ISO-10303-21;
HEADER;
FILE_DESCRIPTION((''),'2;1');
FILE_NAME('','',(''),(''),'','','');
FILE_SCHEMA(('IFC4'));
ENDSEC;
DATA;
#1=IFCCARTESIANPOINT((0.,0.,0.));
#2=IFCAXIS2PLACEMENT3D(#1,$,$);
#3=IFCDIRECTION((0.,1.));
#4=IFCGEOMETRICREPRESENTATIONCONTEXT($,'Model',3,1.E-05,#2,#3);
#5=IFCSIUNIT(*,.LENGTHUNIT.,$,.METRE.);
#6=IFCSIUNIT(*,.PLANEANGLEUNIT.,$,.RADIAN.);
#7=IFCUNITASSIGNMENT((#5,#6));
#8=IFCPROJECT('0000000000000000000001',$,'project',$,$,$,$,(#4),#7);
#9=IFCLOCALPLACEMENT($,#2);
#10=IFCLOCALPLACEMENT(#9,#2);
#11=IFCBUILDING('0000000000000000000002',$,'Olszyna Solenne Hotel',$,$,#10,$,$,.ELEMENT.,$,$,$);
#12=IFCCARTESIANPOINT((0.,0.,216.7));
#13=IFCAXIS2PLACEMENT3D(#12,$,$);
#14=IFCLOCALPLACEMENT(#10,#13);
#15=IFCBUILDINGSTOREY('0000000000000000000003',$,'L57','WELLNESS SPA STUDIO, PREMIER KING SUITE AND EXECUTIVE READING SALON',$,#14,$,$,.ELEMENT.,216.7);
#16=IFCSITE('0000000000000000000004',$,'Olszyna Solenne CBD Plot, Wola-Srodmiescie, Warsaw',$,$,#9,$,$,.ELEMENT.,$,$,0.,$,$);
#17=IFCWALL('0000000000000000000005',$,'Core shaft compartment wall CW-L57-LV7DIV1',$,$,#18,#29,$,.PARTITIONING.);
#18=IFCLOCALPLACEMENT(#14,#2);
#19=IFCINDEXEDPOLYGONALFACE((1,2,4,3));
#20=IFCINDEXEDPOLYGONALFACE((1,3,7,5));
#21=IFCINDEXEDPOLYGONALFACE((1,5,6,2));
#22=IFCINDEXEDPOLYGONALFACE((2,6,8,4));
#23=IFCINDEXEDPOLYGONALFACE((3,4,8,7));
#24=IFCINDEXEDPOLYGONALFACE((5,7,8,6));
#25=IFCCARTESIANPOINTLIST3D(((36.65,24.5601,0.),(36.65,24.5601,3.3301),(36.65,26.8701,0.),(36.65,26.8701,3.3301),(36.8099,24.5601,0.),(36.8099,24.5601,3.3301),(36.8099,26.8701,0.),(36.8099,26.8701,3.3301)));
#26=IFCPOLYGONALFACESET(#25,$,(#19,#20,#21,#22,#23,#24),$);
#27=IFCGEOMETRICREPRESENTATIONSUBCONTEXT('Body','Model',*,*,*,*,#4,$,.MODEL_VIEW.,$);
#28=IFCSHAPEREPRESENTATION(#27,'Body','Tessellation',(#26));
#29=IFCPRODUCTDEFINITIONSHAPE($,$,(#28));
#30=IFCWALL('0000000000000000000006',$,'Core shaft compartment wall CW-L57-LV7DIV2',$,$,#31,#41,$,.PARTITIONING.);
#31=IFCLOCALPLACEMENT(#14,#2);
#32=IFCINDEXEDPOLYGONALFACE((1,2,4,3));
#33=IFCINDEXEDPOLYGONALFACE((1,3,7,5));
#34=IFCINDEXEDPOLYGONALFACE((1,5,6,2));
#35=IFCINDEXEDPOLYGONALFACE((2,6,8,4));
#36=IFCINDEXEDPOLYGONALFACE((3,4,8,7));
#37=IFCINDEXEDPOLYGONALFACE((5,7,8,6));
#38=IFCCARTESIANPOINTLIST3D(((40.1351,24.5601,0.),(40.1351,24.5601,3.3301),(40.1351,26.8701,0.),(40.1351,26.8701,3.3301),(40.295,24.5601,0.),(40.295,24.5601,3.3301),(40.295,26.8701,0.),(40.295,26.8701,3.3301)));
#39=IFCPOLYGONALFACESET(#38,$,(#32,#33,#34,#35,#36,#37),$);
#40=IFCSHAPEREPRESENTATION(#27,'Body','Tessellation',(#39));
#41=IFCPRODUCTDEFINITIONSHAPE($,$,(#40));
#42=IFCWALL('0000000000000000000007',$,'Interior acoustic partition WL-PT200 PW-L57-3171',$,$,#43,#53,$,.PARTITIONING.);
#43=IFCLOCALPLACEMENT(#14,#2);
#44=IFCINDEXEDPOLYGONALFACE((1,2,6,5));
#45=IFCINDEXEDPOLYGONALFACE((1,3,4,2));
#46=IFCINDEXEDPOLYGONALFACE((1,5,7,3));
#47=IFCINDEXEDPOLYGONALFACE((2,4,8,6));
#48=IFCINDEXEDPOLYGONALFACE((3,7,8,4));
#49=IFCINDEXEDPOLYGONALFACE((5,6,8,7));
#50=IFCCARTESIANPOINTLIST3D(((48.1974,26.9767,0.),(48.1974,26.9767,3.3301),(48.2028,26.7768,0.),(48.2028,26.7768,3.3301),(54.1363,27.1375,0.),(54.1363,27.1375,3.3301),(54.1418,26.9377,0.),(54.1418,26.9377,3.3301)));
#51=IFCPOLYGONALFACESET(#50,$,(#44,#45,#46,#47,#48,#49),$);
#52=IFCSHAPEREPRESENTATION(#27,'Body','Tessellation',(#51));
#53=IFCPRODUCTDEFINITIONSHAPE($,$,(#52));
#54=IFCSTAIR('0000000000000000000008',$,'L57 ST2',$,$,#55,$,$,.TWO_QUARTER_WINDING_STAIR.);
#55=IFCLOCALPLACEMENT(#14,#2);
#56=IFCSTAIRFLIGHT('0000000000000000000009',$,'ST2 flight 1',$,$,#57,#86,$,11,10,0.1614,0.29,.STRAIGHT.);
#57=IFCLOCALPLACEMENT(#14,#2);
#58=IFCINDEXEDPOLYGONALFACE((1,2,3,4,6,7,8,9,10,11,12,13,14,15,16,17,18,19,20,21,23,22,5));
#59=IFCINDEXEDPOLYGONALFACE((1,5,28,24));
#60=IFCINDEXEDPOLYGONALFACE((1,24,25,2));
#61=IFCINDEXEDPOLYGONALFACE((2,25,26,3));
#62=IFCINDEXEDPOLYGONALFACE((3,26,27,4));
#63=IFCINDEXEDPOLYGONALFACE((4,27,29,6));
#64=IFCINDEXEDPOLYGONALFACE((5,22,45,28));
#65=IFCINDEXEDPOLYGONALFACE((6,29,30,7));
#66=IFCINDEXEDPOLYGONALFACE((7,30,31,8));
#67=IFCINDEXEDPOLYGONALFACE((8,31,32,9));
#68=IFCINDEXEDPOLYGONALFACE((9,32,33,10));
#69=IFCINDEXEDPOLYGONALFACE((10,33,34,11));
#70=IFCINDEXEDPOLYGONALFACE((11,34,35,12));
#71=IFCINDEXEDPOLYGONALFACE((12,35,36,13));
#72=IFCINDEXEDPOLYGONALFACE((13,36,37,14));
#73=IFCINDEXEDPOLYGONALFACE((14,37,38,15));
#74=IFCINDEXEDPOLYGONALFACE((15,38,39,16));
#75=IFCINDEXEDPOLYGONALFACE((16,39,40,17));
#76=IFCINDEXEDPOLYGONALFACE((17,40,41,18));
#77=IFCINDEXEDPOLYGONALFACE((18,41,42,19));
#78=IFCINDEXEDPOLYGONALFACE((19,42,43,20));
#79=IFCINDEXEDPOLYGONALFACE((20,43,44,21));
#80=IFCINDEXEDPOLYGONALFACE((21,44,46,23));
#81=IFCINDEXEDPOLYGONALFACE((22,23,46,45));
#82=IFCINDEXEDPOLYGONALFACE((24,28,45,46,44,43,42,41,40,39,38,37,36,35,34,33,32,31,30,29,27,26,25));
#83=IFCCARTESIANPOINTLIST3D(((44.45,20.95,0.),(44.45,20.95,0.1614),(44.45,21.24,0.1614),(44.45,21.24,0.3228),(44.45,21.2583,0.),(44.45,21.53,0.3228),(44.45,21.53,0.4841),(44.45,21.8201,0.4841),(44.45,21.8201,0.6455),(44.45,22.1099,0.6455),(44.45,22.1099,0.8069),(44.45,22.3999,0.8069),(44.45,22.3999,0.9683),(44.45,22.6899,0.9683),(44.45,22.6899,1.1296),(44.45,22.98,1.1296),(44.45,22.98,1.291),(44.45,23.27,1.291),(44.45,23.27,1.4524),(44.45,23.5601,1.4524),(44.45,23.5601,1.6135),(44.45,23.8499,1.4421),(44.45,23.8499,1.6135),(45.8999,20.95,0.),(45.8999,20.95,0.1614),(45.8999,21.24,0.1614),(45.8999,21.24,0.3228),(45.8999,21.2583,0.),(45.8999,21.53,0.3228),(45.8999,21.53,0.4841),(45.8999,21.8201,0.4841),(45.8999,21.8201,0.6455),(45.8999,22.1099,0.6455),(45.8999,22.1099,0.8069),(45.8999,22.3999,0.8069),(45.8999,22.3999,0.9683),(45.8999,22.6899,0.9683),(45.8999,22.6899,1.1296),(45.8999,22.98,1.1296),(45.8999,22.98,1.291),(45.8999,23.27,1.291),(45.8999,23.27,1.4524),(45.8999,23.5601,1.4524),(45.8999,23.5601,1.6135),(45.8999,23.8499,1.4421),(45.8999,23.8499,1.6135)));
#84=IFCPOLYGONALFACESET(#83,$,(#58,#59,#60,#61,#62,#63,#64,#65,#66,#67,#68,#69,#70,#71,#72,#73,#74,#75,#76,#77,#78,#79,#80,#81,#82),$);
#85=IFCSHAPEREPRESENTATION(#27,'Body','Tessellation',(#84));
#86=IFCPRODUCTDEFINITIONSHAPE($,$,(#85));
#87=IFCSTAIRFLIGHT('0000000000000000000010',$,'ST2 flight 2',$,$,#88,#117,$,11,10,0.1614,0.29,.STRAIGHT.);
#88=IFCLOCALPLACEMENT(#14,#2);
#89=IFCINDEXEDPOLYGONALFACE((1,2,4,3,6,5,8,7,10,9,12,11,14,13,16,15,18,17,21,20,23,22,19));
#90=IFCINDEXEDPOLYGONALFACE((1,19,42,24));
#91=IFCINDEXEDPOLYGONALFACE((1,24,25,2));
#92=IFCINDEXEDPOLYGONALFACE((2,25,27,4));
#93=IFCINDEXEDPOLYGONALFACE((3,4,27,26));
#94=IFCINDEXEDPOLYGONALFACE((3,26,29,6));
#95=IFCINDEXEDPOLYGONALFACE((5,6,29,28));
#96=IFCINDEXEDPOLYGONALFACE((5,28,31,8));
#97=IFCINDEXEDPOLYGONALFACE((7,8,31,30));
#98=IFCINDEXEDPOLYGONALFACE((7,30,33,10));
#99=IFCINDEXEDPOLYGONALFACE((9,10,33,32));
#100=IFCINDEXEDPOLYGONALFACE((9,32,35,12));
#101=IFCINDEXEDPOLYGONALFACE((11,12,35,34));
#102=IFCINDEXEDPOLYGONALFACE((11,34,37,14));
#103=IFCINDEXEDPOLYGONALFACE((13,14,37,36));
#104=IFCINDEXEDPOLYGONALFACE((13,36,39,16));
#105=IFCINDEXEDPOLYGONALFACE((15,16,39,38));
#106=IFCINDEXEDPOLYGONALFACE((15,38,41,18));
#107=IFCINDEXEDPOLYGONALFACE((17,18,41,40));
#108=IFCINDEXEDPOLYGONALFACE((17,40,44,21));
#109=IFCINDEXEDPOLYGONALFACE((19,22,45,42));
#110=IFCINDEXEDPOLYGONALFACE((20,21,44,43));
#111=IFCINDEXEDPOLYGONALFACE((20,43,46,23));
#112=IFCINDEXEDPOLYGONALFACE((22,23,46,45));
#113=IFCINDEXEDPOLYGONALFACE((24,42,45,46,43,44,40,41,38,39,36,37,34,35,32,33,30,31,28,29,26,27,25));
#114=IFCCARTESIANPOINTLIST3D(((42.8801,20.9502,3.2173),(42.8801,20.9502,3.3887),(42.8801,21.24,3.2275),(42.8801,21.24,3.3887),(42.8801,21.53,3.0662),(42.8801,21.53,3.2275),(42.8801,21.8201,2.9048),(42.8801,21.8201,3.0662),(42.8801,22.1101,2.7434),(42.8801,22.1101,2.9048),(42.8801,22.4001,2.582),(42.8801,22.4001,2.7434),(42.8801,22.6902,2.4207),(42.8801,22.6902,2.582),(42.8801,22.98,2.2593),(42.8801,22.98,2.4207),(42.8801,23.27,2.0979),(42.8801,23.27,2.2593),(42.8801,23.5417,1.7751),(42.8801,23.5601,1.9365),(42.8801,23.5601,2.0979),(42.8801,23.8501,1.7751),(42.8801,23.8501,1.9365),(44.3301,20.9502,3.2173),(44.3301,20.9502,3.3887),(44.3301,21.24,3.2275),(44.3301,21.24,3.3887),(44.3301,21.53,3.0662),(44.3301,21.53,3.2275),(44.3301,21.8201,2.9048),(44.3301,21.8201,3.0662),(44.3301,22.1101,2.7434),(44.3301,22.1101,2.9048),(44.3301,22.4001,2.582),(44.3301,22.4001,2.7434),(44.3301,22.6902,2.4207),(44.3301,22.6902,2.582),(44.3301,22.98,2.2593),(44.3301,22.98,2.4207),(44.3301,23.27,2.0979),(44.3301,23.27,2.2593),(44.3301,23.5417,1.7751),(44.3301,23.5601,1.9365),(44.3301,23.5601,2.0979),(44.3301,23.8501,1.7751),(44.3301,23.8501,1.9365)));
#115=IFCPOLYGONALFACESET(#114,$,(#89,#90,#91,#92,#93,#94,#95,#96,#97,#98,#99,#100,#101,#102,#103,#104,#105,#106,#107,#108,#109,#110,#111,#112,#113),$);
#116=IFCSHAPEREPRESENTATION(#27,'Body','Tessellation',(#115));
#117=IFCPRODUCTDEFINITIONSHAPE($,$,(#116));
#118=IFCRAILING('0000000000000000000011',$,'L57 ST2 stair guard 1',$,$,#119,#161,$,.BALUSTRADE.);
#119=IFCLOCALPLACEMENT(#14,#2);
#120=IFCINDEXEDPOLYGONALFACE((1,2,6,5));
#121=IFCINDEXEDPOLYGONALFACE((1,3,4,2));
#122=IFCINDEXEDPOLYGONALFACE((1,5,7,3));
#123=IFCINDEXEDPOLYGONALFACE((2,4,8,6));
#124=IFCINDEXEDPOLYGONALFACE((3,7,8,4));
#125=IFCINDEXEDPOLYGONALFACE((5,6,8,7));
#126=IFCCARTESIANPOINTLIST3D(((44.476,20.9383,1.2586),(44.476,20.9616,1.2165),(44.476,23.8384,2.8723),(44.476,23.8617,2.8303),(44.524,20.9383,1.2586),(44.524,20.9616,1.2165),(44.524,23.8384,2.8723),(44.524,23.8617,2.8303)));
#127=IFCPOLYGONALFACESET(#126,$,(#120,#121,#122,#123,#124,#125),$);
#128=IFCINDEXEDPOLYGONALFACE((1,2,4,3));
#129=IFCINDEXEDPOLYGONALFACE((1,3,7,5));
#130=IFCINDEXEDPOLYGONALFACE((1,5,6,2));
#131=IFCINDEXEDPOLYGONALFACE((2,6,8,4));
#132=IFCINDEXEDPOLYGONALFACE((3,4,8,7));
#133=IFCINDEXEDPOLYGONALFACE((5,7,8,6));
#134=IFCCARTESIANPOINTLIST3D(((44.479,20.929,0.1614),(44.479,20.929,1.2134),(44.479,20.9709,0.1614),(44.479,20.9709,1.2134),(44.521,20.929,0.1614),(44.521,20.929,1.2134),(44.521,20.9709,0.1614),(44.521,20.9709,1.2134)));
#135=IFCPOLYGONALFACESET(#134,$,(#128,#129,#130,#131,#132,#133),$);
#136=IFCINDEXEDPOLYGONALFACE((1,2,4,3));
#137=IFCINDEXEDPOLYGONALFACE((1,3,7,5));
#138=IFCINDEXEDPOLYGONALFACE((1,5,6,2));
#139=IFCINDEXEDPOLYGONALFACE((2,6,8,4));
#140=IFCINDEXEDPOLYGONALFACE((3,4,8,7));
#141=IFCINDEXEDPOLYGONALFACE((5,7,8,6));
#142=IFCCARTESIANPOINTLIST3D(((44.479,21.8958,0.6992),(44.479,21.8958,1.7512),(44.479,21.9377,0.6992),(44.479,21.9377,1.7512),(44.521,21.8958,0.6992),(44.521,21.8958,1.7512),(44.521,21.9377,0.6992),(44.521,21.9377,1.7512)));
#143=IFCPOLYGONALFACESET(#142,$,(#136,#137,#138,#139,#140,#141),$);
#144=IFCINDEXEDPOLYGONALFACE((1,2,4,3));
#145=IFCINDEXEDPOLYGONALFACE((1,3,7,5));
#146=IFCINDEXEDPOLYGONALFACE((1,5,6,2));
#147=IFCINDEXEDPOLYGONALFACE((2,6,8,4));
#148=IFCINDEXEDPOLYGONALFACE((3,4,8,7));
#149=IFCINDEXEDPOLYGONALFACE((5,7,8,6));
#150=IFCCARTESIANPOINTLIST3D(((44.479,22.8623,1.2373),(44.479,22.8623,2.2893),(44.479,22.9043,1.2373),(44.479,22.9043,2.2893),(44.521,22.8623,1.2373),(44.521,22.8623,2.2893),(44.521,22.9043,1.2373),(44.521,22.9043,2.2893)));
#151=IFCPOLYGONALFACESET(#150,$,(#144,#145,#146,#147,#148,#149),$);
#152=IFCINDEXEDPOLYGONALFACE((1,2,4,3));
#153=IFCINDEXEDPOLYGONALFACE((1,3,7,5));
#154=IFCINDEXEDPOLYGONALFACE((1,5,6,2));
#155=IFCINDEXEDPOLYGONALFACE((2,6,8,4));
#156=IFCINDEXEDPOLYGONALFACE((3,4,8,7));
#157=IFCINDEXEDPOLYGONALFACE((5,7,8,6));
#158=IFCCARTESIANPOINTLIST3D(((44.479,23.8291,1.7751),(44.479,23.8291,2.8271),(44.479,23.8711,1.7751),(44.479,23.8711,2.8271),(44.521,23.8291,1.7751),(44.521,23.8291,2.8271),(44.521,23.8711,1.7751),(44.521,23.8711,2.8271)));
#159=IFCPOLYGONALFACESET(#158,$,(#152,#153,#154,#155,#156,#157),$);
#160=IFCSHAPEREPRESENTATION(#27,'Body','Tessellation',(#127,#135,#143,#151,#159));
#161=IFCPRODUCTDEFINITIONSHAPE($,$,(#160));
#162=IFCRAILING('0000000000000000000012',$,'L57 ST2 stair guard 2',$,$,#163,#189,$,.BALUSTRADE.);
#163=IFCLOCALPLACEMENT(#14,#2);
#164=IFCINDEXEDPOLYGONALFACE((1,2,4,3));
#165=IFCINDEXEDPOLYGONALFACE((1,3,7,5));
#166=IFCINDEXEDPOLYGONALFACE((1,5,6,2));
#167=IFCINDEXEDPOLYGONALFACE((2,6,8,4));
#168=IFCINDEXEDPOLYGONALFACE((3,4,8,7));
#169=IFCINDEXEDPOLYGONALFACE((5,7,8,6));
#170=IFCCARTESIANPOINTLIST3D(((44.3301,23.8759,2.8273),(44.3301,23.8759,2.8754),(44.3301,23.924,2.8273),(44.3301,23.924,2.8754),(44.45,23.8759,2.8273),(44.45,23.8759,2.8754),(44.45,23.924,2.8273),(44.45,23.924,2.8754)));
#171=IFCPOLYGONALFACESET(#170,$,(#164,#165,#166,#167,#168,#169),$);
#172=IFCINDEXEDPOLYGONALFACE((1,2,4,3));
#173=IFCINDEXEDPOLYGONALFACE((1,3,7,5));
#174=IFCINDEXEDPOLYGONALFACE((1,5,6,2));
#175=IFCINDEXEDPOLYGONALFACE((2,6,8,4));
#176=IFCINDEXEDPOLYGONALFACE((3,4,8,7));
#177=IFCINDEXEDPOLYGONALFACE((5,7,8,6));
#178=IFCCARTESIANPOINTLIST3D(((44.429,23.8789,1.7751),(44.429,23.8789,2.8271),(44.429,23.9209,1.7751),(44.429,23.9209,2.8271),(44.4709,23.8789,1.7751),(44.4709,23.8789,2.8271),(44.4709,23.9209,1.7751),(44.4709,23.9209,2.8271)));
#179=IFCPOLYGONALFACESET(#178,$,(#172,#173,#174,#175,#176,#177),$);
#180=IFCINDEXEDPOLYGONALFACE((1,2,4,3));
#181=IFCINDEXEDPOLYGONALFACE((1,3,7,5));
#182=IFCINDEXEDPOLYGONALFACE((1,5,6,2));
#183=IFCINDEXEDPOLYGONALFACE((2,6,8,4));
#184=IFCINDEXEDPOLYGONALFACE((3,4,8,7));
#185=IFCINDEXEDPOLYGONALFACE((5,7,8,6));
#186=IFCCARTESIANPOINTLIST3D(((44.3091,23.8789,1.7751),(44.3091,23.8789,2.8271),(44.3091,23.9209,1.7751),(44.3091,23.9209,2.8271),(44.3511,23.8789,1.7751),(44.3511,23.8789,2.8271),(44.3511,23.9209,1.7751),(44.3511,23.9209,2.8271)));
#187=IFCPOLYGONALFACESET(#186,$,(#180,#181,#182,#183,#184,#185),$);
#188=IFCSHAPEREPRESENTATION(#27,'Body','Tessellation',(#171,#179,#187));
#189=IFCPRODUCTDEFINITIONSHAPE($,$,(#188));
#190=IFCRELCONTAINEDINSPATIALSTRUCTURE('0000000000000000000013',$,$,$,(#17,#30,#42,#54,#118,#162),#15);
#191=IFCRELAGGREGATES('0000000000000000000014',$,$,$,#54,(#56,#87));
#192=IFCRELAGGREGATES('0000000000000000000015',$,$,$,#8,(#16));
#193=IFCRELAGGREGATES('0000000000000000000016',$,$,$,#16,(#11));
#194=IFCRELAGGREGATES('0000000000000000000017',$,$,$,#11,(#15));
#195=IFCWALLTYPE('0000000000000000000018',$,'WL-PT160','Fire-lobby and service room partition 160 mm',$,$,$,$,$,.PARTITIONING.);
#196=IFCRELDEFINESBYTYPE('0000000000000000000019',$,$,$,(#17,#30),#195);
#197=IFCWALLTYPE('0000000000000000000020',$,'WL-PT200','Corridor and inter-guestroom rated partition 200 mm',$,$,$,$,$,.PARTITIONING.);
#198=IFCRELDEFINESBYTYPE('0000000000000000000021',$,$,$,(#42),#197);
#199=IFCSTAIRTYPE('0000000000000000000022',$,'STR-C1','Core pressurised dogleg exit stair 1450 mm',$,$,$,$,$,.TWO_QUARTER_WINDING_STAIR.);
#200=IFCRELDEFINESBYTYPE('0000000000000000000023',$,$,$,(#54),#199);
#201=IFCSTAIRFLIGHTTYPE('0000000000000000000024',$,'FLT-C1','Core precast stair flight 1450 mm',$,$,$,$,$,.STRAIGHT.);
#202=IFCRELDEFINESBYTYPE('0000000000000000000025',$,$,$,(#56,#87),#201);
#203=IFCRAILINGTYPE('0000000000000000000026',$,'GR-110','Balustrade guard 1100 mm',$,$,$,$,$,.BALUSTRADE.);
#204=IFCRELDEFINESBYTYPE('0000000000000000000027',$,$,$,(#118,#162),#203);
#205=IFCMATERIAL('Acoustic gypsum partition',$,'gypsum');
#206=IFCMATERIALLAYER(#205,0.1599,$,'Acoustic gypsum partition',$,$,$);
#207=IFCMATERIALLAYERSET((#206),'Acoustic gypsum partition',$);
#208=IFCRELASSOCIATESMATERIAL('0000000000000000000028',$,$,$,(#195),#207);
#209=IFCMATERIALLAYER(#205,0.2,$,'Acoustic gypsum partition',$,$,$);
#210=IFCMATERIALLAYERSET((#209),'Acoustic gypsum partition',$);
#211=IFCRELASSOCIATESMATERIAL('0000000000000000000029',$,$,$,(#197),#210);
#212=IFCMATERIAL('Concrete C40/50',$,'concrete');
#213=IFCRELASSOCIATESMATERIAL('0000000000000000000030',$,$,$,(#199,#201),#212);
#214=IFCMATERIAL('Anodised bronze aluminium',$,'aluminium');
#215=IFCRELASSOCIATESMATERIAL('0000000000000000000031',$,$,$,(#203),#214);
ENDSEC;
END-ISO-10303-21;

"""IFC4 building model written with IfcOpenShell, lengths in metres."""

from ifc_helpers import new_model, si_unit, direction, frame, frame_2d, origin, origin_2d, place, context, subcontext, project, spatial, polyline, rectangle, outline, extrude, material, layer, layer_set, type_object, element, aggregate, save


model = new_model("IFC4")

# Units and contexts
model_context = context("Model", 3, precision=1e-05, world=origin(), true_north=direction((0.0, 1.0)))
body_context = subcontext(model_context, "Body", "Model", "MODEL_VIEW")
ifc_project = project(units=[si_unit("LENGTHUNIT", "METRE"), si_unit("PLANEANGLEUNIT", "RADIAN")], contexts=[model_context])

# Site, building, storey
site_placement = place(None, origin())
site = spatial("IfcSite", under=ifc_project, at=site_placement, Name="Olszyna Solenne CBD Plot, Wola-Srodmiescie, Warsaw", CompositionType="ELEMENT", RefElevation=0.0)
building_placement = place(site_placement, origin())
building = spatial("IfcBuilding", under=site, at=building_placement, Name="Olszyna Solenne Hotel", CompositionType="ELEMENT")
storey_placement = place(building_placement, frame((0.0, 0.0, 216.7)))
storey = spatial("IfcBuildingStorey", under=building, at=storey_placement, Name="L57", Description="WELLNESS SPA STUDIO, PREMIER KING SUITE AND EXECUTIVE READING SALON", CompositionType="ELEMENT", Elevation=216.7)

# Shared definitions
ifc_material_1 = material(Name="Anodised bronze aluminium", Category="aluminium")

# Shared definitions
ifc_material_2 = material(Name="Acoustic gypsum partition", Category="gypsum")

# Shared definitions
ifc_layer_1 = layer(ifc_material_2, 0.1599, Name="Acoustic gypsum partition")
ifc_layer_set_1 = layer_set([ifc_layer_1], Name="Acoustic gypsum partition")
wall_type_1 = type_object("IfcWallType", Name="WL-PT160", Description="Fire-lobby and service room partition 160 mm", PredefinedType="PARTITIONING", material=ifc_layer_set_1)

# Walls
for number, where, z_axis, x_axis, name in (
    (1, (36.73, 24.5601, 0.0), (0.0, 0.0, 1.0), (0.0, 1.0, 0.0), "Core shaft compartment wall CW-L57-LV7DIV1"),
    (2, (40.2151, 24.5601, 0.0), (0.0, 0.0, 1.0), (0.0, 1.0, 0.0), "Core shaft compartment wall CW-L57-LV7DIV2"),
):
    element("IfcWall", number, at=place(storey_placement, frame(where, z_axis=z_axis, x_axis=x_axis)), inside=storey, type_object=wall_type_1, Name=name, PredefinedType="PARTITIONING", context=body_context, shape_type="SweptSolid", body=[
        extrude(rectangle(XDim=2.3101, YDim=0.1599, at=frame_2d((1.155, 0.0))), origin(), (0.0, 0.0, 1.0), 3.3301),
    ])
ifc_layer_2 = layer(ifc_material_2, 0.2, Name="Acoustic gypsum partition")
ifc_layer_set_2 = layer_set([ifc_layer_2], Name="Acoustic gypsum partition")
wall_type_2 = type_object("IfcWallType", Name="WL-PT200", Description="Corridor and inter-guestroom rated partition 200 mm", PredefinedType="PARTITIONING", material=ifc_layer_set_2)
wall_1_placement = place(storey_placement, frame((48.2, 26.8767, 0.0), z_axis=(0.0, 0.0, 1.0), x_axis=(0.999633, 0.02708, 0.0)))
element("IfcWall", 3, at=wall_1_placement, inside=storey, type_object=wall_type_2, Name="Interior acoustic partition WL-PT200 PW-L57-3171", PredefinedType="PARTITIONING", context=body_context, shape_type="SweptSolid", body=[
    extrude(rectangle(XDim=5.9412, YDim=0.2, at=frame_2d((2.9707, 0.0))), origin(), (0.0, 0.0, 1.0), 3.3301),
])

# Stair, stair flights
ifc_material_3 = material(Name="Concrete C40/50", Category="concrete")
stair_type = type_object("IfcStairType", Name="STR-C1", Description="Core pressurised dogleg exit stair 1450 mm", PredefinedType="TWO_QUARTER_WINDING_STAIR", material=ifc_material_3)
stair_placement = place(storey_placement, origin())
stair = element("IfcStair", 4, at=stair_placement, inside=storey, type_object=stair_type, Name="L57 ST2", PredefinedType="TWO_QUARTER_WINDING_STAIR")
stair_flight_type = type_object("IfcStairFlightType", Name="FLT-C1", Description="Core precast stair flight 1450 mm", PredefinedType="STRAIGHT", material=ifc_material_3)
stair_flight_1_placement = place(storey_placement, frame((45.175, 20.95, 0.0), z_axis=(0.0, 0.0, 1.0), x_axis=(0.0, 1.0, 0.0)))
stair_flight_1 = element("IfcStairFlight", 5, at=stair_flight_1_placement, type_object=stair_flight_type, Name="ST2 flight 1", NumberOfRisers=11, NumberOfTreads=10, PredefinedType="STRAIGHT", RiserHeight=0.1614, TreadLength=0.29, context=body_context, shape_type="SweptSolid", body=[
    extrude(outline(polyline([(0.0, 0.0), (0.0, 0.1614), (0.29, 0.1614), (0.29, 0.3228), (0.5801, 0.3228), (0.5801, 0.4841), (0.8701, 0.4841), (0.8701, 0.6455), (1.1599, 0.6455), (1.1599, 0.8069), (1.45, 0.8069), (1.45, 0.9683), (1.74, 0.9683), (1.74, 1.1296), (2.03, 1.1296), (2.03, 1.291), (2.3201, 1.291), (2.3201, 1.4524), (2.6101, 1.4524), (2.6101, 1.6135), (2.8999, 1.6135), (2.8999, 1.7749), (2.8999, 1.4421), (0.3083, 0.0), (0.0, 0.0)])), frame((0.0, 0.7251, 0.0), z_axis=(0.0, -1.0, 0.0), x_axis=(1.0, 0.0, 0.0)), (0.0, 0.0, 1.0), 1.45),
])
stair_flight_2_placement = place(storey_placement, frame((43.605, 23.8501, 1.7751), z_axis=(0.0, 0.0, 1.0), x_axis=(0.0, -1.0, 0.0)))
stair_flight_2 = element("IfcStairFlight", 6, at=stair_flight_2_placement, type_object=stair_flight_type, Name="ST2 flight 2", NumberOfRisers=11, NumberOfTreads=10, PredefinedType="STRAIGHT", RiserHeight=0.1614, TreadLength=0.29, context=body_context, shape_type="SweptSolid", body=[
    extrude(outline(polyline([(0.0, 0.0), (0.0, 0.1614), (0.29, 0.1614), (0.29, 0.3228), (0.5801, 0.3228), (0.5801, 0.4841), (0.8701, 0.4841), (0.8701, 0.6455), (1.1599, 0.6455), (1.1599, 0.8069), (1.45, 0.8069), (1.45, 0.9683), (1.74, 0.9683), (1.74, 1.1296), (2.03, 1.1296), (2.03, 1.291), (2.3201, 1.291), (2.3201, 1.4524), (2.6101, 1.4524), (2.6101, 1.6135), (2.8999, 1.6135), (2.8999, 1.7749), (2.8999, 1.4421), (0.3083, 0.0), (0.0, 0.0)])), frame((0.0, 0.7251, 0.0), z_axis=(0.0, -1.0, 0.0), x_axis=(1.0, 0.0, 0.0)), (0.0, 0.0, 1.0), 1.45),
])
aggregate(stair, [stair_flight_1, stair_flight_2])

# Railings
railing_type_1 = type_object("IfcRailingType", Name="GR-110", Description="Balustrade guard 1100 mm", PredefinedType="BALUSTRADE", material=ifc_material_1)
railing_1_placement = place(storey_placement, frame((44.5, 20.95, 0.1614)))
element("IfcRailing", 7, at=railing_1_placement, inside=storey, type_object=railing_type_1, Name="L57 ST2 stair guard 1", PredefinedType="BALUSTRADE", context=body_context, shape_type="SweptSolid", body=[
    extrude(rectangle(XDim=0.0481, YDim=0.0481, at=origin_2d()), frame((0.0, 0.0, 1.0762), z_axis=(0.0, 0.873827, 0.486236), x_axis=(-1.0, 0.0, 0.0)), (0.0, 0.0, 1.0), 3.3188),
    extrude(rectangle(XDim=0.042, YDim=0.042, at=origin_2d()), origin(), (0.0, 0.0, 1.0), 1.052),
    extrude(rectangle(XDim=0.042, YDim=0.042, at=origin_2d()), frame((0.0, 0.9668, 0.5378)), (0.0, 0.0, 1.0), 1.052),
    extrude(rectangle(XDim=0.042, YDim=0.042, at=origin_2d()), frame((0.0, 1.9333, 1.0759)), (0.0, 0.0, 1.0), 1.052),
    extrude(rectangle(XDim=0.042, YDim=0.042, at=origin_2d()), frame((0.0, 2.9001, 1.6138)), (0.0, 0.0, 1.0), 1.052),
])
railing_2_placement = place(storey_placement, frame((44.45, 23.8999, 1.7751)))
element("IfcRailing", 8, at=railing_2_placement, inside=storey, type_object=railing_type_1, Name="L57 ST2 stair guard 2", PredefinedType="BALUSTRADE", context=body_context, shape_type="SweptSolid", body=[
    extrude(rectangle(XDim=0.0481, YDim=0.0481, at=origin_2d()), frame((0.0, 0.0, 1.0762), z_axis=(-1.0, 0.0, 0.0), x_axis=(0.0, -1.0, 0.0)), (0.0, 0.0, 1.0), 0.1199),
    extrude(rectangle(XDim=0.042, YDim=0.042, at=origin_2d()), origin(), (0.0, 0.0, 1.0), 1.052),
    extrude(rectangle(XDim=0.042, YDim=0.042, at=origin_2d()), frame((-0.1199, 0.0, 0.0)), (0.0, 0.0, 1.0), 1.052),
])

save(model, "model.ifc")
